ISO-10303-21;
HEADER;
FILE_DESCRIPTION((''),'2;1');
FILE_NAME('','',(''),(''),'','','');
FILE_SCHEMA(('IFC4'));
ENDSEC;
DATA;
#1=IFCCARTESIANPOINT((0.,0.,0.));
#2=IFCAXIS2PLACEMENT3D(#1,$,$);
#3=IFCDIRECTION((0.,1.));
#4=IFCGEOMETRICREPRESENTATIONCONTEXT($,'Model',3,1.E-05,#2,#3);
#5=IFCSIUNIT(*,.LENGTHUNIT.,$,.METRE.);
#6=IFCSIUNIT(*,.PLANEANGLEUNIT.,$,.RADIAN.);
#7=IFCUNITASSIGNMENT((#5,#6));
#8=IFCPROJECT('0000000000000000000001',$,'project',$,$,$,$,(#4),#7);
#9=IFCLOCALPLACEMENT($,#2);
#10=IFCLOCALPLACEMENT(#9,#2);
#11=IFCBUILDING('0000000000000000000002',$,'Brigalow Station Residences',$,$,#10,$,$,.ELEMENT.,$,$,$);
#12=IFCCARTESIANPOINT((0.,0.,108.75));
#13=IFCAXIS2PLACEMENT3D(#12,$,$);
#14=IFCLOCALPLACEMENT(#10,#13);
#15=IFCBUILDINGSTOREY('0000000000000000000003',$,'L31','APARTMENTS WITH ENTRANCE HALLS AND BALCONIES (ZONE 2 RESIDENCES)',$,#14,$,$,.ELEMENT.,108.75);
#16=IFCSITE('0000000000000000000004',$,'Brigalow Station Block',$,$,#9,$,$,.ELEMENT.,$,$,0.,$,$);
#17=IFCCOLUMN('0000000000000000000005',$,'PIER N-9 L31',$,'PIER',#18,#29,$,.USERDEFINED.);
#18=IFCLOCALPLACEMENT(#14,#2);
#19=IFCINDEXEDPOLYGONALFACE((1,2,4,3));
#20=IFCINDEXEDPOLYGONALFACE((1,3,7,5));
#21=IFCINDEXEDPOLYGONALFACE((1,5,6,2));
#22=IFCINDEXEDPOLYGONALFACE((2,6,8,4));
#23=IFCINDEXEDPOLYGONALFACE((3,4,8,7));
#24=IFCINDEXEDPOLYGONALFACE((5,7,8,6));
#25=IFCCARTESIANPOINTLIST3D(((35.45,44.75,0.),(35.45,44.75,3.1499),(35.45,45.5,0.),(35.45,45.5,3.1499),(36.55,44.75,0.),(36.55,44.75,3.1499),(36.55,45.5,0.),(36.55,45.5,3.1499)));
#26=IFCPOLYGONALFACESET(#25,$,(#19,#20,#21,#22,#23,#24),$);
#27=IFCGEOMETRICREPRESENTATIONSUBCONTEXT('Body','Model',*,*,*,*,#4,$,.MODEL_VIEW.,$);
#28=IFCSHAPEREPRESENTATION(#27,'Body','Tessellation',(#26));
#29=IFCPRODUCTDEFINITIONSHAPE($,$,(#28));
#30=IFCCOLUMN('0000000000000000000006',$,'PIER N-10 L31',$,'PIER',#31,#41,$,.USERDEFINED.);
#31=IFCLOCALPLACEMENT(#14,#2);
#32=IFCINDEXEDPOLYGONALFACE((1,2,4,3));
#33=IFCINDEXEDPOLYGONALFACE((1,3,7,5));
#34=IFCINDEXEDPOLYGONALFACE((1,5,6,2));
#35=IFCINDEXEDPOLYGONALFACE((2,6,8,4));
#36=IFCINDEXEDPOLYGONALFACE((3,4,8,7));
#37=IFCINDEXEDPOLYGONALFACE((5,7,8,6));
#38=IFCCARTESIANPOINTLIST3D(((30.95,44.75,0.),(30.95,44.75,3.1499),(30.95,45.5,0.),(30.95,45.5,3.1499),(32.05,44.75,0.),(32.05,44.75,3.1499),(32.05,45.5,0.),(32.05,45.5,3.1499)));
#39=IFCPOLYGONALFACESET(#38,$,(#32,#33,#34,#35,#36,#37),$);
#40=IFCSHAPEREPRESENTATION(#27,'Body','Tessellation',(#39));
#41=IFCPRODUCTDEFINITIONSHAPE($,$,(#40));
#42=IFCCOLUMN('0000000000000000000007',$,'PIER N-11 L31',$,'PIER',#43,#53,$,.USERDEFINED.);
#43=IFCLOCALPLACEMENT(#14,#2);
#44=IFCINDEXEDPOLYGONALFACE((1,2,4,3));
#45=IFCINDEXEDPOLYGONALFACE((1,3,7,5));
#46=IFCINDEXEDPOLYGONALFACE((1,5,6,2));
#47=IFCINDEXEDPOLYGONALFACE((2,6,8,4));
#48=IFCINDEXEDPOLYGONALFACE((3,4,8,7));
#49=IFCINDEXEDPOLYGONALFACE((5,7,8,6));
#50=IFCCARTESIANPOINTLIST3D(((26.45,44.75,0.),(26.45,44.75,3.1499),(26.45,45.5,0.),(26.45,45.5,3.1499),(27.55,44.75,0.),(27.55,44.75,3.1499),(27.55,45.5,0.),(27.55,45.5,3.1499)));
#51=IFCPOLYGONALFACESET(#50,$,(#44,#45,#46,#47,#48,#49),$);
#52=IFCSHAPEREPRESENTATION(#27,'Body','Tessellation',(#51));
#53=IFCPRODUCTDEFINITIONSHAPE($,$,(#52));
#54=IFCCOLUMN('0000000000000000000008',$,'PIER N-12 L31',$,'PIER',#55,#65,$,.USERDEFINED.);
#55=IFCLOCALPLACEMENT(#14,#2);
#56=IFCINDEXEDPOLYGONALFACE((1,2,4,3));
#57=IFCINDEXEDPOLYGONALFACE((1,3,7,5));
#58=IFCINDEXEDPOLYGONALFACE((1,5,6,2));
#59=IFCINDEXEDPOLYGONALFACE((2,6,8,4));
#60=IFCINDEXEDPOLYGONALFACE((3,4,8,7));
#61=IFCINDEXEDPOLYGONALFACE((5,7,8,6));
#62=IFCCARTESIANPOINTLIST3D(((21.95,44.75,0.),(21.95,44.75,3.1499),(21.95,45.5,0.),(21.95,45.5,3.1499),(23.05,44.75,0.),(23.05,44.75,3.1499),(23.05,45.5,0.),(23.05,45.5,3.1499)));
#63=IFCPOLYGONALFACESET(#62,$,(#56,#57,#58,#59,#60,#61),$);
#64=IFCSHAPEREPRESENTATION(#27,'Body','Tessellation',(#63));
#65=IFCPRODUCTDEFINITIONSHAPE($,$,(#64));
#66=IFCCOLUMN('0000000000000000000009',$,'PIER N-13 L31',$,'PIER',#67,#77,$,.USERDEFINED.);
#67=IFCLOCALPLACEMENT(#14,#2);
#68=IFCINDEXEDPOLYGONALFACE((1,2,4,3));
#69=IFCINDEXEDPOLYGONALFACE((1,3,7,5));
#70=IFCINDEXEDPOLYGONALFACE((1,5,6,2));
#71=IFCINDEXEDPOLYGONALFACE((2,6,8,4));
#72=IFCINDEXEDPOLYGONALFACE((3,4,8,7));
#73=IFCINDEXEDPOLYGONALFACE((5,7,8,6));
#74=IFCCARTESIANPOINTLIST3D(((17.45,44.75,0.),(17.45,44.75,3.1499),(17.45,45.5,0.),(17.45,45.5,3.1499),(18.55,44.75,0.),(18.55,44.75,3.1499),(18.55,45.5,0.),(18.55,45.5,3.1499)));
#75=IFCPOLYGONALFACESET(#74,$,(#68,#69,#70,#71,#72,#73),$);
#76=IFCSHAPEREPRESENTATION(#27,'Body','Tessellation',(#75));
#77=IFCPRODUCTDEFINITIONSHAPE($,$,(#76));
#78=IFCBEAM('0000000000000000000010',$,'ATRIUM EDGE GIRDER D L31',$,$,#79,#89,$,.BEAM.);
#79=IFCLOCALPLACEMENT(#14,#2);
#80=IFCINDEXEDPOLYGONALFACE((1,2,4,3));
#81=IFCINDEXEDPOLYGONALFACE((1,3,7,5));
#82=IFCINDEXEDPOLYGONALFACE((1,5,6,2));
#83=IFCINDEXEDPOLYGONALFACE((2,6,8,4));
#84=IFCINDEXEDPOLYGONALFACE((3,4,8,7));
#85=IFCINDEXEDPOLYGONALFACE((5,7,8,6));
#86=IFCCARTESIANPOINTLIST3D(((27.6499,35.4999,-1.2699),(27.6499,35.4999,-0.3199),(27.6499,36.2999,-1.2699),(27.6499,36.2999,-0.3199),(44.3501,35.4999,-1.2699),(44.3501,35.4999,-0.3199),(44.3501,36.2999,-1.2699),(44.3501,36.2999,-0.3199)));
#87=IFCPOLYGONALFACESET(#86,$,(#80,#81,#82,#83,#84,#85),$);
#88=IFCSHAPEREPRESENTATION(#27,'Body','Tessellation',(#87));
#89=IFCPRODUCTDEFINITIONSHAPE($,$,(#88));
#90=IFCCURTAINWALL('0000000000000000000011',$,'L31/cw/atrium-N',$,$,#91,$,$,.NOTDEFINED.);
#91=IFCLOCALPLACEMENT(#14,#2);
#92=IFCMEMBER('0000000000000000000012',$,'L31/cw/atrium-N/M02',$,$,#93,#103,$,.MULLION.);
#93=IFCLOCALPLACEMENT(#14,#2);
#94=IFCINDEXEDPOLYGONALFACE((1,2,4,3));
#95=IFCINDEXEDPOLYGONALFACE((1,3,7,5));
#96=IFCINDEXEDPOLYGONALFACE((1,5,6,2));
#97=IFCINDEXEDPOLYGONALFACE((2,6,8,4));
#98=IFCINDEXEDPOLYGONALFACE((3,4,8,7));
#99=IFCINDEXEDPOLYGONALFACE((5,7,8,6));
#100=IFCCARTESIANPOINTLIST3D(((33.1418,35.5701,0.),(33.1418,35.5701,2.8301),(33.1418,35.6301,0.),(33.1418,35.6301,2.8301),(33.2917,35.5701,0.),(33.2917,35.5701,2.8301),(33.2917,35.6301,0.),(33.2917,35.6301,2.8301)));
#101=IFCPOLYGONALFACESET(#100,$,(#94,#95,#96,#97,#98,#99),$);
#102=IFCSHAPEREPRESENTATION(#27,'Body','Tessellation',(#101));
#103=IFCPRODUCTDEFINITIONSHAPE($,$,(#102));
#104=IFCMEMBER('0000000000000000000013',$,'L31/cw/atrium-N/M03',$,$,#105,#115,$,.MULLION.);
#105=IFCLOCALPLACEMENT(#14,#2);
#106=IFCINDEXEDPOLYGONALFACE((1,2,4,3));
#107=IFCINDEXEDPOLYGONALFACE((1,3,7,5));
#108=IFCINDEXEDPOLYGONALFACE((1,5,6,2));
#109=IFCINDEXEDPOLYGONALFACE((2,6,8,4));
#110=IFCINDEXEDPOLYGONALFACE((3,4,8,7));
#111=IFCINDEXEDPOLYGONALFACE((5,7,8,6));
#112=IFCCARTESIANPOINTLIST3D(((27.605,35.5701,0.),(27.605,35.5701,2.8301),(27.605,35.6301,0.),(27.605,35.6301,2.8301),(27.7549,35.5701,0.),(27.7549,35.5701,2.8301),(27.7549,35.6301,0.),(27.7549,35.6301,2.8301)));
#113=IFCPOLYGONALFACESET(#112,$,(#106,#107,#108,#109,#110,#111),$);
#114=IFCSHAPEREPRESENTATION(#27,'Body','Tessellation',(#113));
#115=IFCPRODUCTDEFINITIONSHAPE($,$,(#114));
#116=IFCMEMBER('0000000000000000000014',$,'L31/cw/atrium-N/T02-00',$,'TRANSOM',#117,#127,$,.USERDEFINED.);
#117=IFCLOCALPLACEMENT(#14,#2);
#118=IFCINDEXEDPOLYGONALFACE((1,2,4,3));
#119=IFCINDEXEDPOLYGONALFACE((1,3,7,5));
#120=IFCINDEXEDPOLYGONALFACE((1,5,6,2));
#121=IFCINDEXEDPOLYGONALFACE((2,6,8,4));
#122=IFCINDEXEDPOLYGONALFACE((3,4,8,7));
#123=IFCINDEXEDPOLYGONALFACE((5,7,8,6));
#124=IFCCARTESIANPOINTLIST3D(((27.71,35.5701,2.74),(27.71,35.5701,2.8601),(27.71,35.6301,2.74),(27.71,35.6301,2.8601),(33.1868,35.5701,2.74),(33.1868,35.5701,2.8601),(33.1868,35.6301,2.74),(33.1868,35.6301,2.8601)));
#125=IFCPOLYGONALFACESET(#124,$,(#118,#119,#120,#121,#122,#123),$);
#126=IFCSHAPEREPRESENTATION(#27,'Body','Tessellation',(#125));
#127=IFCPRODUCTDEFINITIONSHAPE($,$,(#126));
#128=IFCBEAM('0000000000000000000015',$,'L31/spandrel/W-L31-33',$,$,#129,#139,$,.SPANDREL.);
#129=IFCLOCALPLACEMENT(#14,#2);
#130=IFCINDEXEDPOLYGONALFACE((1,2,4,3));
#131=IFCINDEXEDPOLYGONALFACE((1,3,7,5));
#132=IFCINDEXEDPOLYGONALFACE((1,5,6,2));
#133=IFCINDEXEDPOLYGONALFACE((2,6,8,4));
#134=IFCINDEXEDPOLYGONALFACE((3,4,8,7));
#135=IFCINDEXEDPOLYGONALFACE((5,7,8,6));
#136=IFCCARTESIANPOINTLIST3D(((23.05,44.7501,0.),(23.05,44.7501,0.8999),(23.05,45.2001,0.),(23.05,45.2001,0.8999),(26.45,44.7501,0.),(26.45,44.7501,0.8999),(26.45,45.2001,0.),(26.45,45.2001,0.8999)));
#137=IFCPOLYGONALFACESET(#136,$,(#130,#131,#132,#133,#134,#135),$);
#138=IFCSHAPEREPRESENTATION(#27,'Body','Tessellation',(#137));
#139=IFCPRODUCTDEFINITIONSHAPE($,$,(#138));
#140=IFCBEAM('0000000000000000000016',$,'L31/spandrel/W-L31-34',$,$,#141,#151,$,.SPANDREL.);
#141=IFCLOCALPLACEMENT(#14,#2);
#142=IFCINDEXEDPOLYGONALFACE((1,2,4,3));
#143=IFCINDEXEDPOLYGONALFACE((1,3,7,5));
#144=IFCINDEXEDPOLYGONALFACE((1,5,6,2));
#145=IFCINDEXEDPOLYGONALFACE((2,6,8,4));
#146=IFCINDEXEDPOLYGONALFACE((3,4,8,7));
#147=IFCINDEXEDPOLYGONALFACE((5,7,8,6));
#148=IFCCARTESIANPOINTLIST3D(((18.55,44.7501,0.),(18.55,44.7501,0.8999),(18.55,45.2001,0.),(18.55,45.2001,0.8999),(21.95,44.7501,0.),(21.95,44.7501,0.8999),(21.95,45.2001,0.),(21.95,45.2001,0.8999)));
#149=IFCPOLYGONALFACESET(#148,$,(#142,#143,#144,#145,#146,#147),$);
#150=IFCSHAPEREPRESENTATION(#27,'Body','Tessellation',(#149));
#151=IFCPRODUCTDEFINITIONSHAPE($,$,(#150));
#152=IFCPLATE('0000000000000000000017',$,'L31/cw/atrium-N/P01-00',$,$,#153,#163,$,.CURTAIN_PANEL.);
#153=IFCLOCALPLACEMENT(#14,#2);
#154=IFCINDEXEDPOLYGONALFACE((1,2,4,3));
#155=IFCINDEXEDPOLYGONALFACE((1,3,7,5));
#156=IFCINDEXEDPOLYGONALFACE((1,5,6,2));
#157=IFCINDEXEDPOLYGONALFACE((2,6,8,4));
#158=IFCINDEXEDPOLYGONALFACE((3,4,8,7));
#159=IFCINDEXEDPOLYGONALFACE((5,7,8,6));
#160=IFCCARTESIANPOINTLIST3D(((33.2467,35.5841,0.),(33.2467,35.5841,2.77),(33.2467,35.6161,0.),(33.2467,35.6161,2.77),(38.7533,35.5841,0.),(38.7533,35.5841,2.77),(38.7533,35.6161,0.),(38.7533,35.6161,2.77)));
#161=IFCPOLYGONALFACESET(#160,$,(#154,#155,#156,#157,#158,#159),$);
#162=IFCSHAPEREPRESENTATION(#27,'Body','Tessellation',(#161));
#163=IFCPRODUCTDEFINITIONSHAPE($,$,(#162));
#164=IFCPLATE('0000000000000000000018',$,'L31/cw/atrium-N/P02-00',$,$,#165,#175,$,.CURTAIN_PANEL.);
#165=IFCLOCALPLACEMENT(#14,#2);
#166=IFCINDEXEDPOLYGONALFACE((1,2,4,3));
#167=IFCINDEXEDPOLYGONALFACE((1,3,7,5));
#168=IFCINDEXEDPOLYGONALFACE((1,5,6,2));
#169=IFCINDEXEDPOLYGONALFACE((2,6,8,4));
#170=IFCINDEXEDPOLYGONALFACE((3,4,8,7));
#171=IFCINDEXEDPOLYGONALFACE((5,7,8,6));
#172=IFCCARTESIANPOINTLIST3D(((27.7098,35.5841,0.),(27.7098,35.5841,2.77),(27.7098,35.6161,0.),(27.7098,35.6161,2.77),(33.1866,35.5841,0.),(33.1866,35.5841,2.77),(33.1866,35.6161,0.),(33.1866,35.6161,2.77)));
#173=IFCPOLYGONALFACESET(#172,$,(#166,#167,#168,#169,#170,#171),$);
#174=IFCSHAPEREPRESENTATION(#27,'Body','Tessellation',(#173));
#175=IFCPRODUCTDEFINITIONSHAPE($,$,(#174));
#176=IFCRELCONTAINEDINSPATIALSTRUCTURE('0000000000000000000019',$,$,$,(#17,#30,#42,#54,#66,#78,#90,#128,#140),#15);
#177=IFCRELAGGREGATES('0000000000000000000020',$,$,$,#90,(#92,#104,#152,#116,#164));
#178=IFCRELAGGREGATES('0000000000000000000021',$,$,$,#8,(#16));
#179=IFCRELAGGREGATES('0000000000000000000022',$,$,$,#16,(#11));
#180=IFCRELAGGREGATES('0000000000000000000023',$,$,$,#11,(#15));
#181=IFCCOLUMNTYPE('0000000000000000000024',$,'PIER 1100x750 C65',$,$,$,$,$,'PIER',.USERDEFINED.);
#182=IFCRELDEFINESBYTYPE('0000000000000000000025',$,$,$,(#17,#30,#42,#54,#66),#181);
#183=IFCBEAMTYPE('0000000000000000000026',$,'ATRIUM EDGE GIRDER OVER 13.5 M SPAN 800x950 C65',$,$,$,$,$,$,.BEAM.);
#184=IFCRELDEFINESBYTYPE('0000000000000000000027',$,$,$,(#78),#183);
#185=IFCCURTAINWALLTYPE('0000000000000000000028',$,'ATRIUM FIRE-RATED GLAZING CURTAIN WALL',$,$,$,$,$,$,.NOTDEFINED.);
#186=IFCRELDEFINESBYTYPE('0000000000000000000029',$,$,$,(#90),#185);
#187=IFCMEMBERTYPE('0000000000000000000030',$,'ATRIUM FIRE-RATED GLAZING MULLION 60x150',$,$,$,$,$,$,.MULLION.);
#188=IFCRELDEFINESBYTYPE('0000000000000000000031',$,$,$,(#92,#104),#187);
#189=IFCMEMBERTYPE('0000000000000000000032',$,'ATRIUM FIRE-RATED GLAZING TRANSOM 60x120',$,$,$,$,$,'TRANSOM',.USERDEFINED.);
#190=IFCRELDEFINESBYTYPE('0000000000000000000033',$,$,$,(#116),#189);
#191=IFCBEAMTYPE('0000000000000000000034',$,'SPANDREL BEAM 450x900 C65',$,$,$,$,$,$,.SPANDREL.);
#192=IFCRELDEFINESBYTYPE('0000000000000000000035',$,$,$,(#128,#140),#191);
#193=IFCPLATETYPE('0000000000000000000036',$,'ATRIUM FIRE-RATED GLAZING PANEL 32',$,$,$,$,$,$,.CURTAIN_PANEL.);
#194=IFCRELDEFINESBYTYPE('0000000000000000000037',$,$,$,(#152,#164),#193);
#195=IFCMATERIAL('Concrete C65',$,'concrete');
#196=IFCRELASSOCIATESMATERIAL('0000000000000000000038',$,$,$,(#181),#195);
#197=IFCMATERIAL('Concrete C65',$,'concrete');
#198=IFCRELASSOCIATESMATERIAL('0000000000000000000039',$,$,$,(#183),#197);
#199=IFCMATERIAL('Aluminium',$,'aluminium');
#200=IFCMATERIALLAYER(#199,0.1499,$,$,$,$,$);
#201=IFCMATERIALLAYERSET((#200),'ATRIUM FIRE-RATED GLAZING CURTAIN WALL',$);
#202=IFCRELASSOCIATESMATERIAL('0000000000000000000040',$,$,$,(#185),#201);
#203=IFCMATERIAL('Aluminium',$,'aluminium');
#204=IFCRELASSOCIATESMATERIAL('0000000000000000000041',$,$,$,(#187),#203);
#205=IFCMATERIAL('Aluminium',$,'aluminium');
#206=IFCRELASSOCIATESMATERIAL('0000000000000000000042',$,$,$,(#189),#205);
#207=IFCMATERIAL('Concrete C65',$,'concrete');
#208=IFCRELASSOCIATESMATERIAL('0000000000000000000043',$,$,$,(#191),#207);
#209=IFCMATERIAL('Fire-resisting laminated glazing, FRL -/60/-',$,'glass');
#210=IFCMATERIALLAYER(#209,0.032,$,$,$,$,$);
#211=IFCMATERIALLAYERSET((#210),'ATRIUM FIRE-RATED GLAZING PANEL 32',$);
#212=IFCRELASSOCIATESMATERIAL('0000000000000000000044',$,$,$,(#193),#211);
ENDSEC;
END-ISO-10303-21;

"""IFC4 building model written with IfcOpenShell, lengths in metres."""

from ifc_helpers import new_model, si_unit, direction, frame, origin, origin_2d, place, context, subcontext, project, spatial, rectangle, extrude, material, layer, layer_set, material_profile, profile_set, type_object, element, aggregate, save


model = new_model("IFC4")

# Units and contexts
model_context = context("Model", 3, precision=1e-05, world=origin(), true_north=direction((0.0, 1.0)))
body_context = subcontext(model_context, "Body", "Model", "MODEL_VIEW")
ifc_project = project(units=[si_unit("LENGTHUNIT", "METRE"), si_unit("PLANEANGLEUNIT", "RADIAN")], contexts=[model_context])

# Site, building, storey
site_placement = place(None, origin())
site = spatial("IfcSite", under=ifc_project, at=site_placement, Name="Brigalow Station Block", CompositionType="ELEMENT", RefElevation=0.0)
building_placement = place(site_placement, origin())
building = spatial("IfcBuilding", under=site, at=building_placement, Name="Brigalow Station Residences", CompositionType="ELEMENT")
storey_placement = place(building_placement, frame((0.0, 0.0, 108.75)))
storey = spatial("IfcBuildingStorey", under=building, at=storey_placement, Name="L31", Description="APARTMENTS WITH ENTRANCE HALLS AND BALCONIES (ZONE 2 RESIDENCES)", CompositionType="ELEMENT", Elevation=108.75)

# Columns
ifc_material_1 = material(Name="Concrete C65", Category="concrete")
ifc_material_profile_1 = material_profile(ifc_material_1, rectangle(XDim=1.1001, YDim=0.75, at=origin_2d()), Name="RC1100x750")
ifc_profile_set_1 = profile_set([ifc_material_profile_1], Name="Concrete C65")
column_type = type_object("IfcColumnType", Name="PIER 1100x750 C65", ElementType="PIER", PredefinedType="USERDEFINED", material=ifc_profile_set_1)
for number, where, z_axis, x_axis, name in (
    (1, (36.0, 45.125, 0.0), (0.0, 0.0, 1.0), (-1.0, 0.0, 0.0), "PIER N-9 L31"),
    (2, (31.5, 45.125, 0.0), (0.0, 0.0, 1.0), (-1.0, 0.0, 0.0), "PIER N-10 L31"),
    (3, (27.0, 45.125, 0.0), (0.0, 0.0, 1.0), (-1.0, 0.0, 0.0), "PIER N-11 L31"),
    (4, (22.5, 45.125, 0.0), (0.0, 0.0, 1.0), (-1.0, 0.0, 0.0), "PIER N-12 L31"),
    (5, (18.0, 45.125, 0.0), (0.0, 0.0, 1.0), (-1.0, 0.0, 0.0), "PIER N-13 L31"),
):
    element("IfcColumn", number, at=place(storey_placement, frame(where, z_axis=z_axis, x_axis=x_axis)), inside=storey, type_object=column_type, Name=name, ObjectType="PIER", PredefinedType="USERDEFINED", context=body_context, shape_type="SweptSolid", body=[
        extrude(rectangle(XDim=1.1001, YDim=0.75, at=origin_2d()), origin(), (0.0, 0.0, 1.0), 3.1499),
    ])

# Beam
ifc_material_2 = material(Name="Concrete C65", Category="concrete")
ifc_material_profile_2 = material_profile(ifc_material_2, rectangle(XDim=0.8, YDim=0.95, at=origin_2d()), Name="RC800x950")
ifc_profile_set_2 = profile_set([ifc_material_profile_2], Name="Concrete C65")
beam_type_1 = type_object("IfcBeamType", Name="ATRIUM EDGE GIRDER OVER 13.5 M SPAN 800x950 C65", PredefinedType="BEAM", material=ifc_profile_set_2)
beam_placement = place(storey_placement, frame((27.6499, 35.8999, -0.7949), z_axis=(1.0, 0.0, 0.0), x_axis=(0.0, 1.0, 0.0)))
element("IfcBeam", 6, at=beam_placement, inside=storey, type_object=beam_type_1, Name="ATRIUM EDGE GIRDER D L31", PredefinedType="BEAM", context=body_context, shape_type="SweptSolid", body=[
    extrude(rectangle(XDim=0.8, YDim=0.95, at=origin_2d()), origin(), (0.0, 0.0, 1.0), 16.7002),
])

# Curtain wall, members
ifc_material_3 = material(Name="Aluminium", Category="aluminium")
ifc_layer_1 = layer(ifc_material_3, 0.1499)
ifc_layer_set_1 = layer_set([ifc_layer_1], Name="ATRIUM FIRE-RATED GLAZING CURTAIN WALL")
curtain_wall_type = type_object("IfcCurtainWallType", Name="ATRIUM FIRE-RATED GLAZING CURTAIN WALL", PredefinedType="NOTDEFINED", material=ifc_layer_set_1)
curtain_wall_placement = place(storey_placement, origin())
curtain_wall = element("IfcCurtainWall", 7, at=curtain_wall_placement, inside=storey, type_object=curtain_wall_type, Name="L31/cw/atrium-N", PredefinedType="NOTDEFINED")
ifc_material_4 = material(Name="Aluminium", Category="aluminium")
ifc_material_profile_3 = material_profile(ifc_material_4, rectangle(XDim=0.0601, YDim=0.1499, at=origin_2d()), Name="ATRIUM FIRE-RATED GLAZING MULLION 60x150")
ifc_profile_set_3 = profile_set([ifc_material_profile_3], Name="Aluminium")
member_type_1 = type_object("IfcMemberType", Name="ATRIUM FIRE-RATED GLAZING MULLION 60x150", PredefinedType="MULLION", material=ifc_profile_set_3)
member_1_placement = place(storey_placement, frame((33.2168, 35.6001, 0.0), z_axis=(0.0, 0.0, 1.0), x_axis=(0.0, -1.0, 0.0)))
member_1 = element("IfcMember", 8, at=member_1_placement, type_object=member_type_1, Name="L31/cw/atrium-N/M02", PredefinedType="MULLION", context=body_context, shape_type="SweptSolid", body=[
    extrude(rectangle(XDim=0.0601, YDim=0.1499, at=origin_2d()), origin(), (0.0, 0.0, 1.0), 2.8301),
])
member_2_placement = place(storey_placement, frame((27.6799, 35.6001, 0.0), z_axis=(0.0, 0.0, 1.0), x_axis=(0.0, -1.0, 0.0)))
member_2 = element("IfcMember", 9, at=member_2_placement, type_object=member_type_1, Name="L31/cw/atrium-N/M03", PredefinedType="MULLION", context=body_context, shape_type="SweptSolid", body=[
    extrude(rectangle(XDim=0.0601, YDim=0.1499, at=origin_2d()), origin(), (0.0, 0.0, 1.0), 2.8301),
])
ifc_material_5 = material(Name="Aluminium", Category="aluminium")
ifc_material_profile_4 = material_profile(ifc_material_5, rectangle(XDim=0.0601, YDim=0.1201, at=origin_2d()), Name="ATRIUM FIRE-RATED GLAZING TRANSOM 60x120")
ifc_profile_set_4 = profile_set([ifc_material_profile_4], Name="Aluminium")
member_type_2 = type_object("IfcMemberType", Name="ATRIUM FIRE-RATED GLAZING TRANSOM 60x120", ElementType="TRANSOM", PredefinedType="USERDEFINED", material=ifc_profile_set_4)
member_3_placement = place(storey_placement, frame((33.1868, 35.6001, 2.8), z_axis=(-1.0, 0.0, 0.0), x_axis=(0.0, -1.0, 0.0)))
member_3 = element("IfcMember", 10, at=member_3_placement, type_object=member_type_2, Name="L31/cw/atrium-N/T02-00", ObjectType="TRANSOM", PredefinedType="USERDEFINED", context=body_context, shape_type="SweptSolid", body=[
    extrude(rectangle(XDim=0.0601, YDim=0.1201, at=origin_2d()), origin(), (0.0, 0.0, 1.0), 5.4768),
])

# Beams
ifc_material_6 = material(Name="Concrete C65", Category="concrete")
ifc_material_profile_5 = material_profile(ifc_material_6, rectangle(XDim=0.45, YDim=0.8999, at=origin_2d()), Name="RC450x900")
ifc_profile_set_5 = profile_set([ifc_material_profile_5], Name="Concrete C65")
beam_type_2 = type_object("IfcBeamType", Name="SPANDREL BEAM 450x900 C65", PredefinedType="SPANDREL", material=ifc_profile_set_5)
for number, where, z_axis, x_axis, name in (
    (11, (26.45, 44.9751, 0.45), (-1.0, 0.0, 0.0), (0.0, -1.0, 0.0), "L31/spandrel/W-L31-33"),
    (12, (21.95, 44.9751, 0.45), (-1.0, 0.0, 0.0), (0.0, -1.0, 0.0), "L31/spandrel/W-L31-34"),
):
    element("IfcBeam", number, at=place(storey_placement, frame(where, z_axis=z_axis, x_axis=x_axis)), inside=storey, type_object=beam_type_2, Name=name, PredefinedType="SPANDREL", context=body_context, shape_type="SweptSolid", body=[
        extrude(rectangle(XDim=0.45, YDim=0.8999, at=origin_2d()), origin(), (0.0, 0.0, 1.0), 3.3999),
    ])

# Plates
ifc_material_7 = material(Name="Fire-resisting laminated glazing, FRL -/60/-", Category="glass")
ifc_layer_2 = layer(ifc_material_7, 0.032)
ifc_layer_set_2 = layer_set([ifc_layer_2], Name="ATRIUM FIRE-RATED GLAZING PANEL 32")
plate_type = type_object("IfcPlateType", Name="ATRIUM FIRE-RATED GLAZING PANEL 32", PredefinedType="CURTAIN_PANEL", material=ifc_layer_set_2)
plate_1_placement = place(storey_placement, frame((36.0, 35.6001, 0.0), z_axis=(0.0, 0.0, 1.0), x_axis=(-1.0, 0.0, 0.0)))
plate_1 = element("IfcPlate", 13, at=plate_1_placement, type_object=plate_type, Name="L31/cw/atrium-N/P01-00", PredefinedType="CURTAIN_PANEL", context=body_context, shape_type="SweptSolid", body=[
    extrude(rectangle(XDim=5.5066, YDim=0.032, at=origin_2d()), origin(), (0.0, 0.0, 1.0), 2.77),
])
plate_2_placement = place(storey_placement, frame((30.4482, 35.6001, 0.0), z_axis=(0.0, 0.0, 1.0), x_axis=(-1.0, 0.0, 0.0)))
plate_2 = element("IfcPlate", 14, at=plate_2_placement, type_object=plate_type, Name="L31/cw/atrium-N/P02-00", PredefinedType="CURTAIN_PANEL", context=body_context, shape_type="SweptSolid", body=[
    extrude(rectangle(XDim=5.4768, YDim=0.032, at=origin_2d()), origin(), (0.0, 0.0, 1.0), 2.77),
])
aggregate(curtain_wall, [member_1, member_2, plate_1, member_3, plate_2])

save(model, "model.ifc")
